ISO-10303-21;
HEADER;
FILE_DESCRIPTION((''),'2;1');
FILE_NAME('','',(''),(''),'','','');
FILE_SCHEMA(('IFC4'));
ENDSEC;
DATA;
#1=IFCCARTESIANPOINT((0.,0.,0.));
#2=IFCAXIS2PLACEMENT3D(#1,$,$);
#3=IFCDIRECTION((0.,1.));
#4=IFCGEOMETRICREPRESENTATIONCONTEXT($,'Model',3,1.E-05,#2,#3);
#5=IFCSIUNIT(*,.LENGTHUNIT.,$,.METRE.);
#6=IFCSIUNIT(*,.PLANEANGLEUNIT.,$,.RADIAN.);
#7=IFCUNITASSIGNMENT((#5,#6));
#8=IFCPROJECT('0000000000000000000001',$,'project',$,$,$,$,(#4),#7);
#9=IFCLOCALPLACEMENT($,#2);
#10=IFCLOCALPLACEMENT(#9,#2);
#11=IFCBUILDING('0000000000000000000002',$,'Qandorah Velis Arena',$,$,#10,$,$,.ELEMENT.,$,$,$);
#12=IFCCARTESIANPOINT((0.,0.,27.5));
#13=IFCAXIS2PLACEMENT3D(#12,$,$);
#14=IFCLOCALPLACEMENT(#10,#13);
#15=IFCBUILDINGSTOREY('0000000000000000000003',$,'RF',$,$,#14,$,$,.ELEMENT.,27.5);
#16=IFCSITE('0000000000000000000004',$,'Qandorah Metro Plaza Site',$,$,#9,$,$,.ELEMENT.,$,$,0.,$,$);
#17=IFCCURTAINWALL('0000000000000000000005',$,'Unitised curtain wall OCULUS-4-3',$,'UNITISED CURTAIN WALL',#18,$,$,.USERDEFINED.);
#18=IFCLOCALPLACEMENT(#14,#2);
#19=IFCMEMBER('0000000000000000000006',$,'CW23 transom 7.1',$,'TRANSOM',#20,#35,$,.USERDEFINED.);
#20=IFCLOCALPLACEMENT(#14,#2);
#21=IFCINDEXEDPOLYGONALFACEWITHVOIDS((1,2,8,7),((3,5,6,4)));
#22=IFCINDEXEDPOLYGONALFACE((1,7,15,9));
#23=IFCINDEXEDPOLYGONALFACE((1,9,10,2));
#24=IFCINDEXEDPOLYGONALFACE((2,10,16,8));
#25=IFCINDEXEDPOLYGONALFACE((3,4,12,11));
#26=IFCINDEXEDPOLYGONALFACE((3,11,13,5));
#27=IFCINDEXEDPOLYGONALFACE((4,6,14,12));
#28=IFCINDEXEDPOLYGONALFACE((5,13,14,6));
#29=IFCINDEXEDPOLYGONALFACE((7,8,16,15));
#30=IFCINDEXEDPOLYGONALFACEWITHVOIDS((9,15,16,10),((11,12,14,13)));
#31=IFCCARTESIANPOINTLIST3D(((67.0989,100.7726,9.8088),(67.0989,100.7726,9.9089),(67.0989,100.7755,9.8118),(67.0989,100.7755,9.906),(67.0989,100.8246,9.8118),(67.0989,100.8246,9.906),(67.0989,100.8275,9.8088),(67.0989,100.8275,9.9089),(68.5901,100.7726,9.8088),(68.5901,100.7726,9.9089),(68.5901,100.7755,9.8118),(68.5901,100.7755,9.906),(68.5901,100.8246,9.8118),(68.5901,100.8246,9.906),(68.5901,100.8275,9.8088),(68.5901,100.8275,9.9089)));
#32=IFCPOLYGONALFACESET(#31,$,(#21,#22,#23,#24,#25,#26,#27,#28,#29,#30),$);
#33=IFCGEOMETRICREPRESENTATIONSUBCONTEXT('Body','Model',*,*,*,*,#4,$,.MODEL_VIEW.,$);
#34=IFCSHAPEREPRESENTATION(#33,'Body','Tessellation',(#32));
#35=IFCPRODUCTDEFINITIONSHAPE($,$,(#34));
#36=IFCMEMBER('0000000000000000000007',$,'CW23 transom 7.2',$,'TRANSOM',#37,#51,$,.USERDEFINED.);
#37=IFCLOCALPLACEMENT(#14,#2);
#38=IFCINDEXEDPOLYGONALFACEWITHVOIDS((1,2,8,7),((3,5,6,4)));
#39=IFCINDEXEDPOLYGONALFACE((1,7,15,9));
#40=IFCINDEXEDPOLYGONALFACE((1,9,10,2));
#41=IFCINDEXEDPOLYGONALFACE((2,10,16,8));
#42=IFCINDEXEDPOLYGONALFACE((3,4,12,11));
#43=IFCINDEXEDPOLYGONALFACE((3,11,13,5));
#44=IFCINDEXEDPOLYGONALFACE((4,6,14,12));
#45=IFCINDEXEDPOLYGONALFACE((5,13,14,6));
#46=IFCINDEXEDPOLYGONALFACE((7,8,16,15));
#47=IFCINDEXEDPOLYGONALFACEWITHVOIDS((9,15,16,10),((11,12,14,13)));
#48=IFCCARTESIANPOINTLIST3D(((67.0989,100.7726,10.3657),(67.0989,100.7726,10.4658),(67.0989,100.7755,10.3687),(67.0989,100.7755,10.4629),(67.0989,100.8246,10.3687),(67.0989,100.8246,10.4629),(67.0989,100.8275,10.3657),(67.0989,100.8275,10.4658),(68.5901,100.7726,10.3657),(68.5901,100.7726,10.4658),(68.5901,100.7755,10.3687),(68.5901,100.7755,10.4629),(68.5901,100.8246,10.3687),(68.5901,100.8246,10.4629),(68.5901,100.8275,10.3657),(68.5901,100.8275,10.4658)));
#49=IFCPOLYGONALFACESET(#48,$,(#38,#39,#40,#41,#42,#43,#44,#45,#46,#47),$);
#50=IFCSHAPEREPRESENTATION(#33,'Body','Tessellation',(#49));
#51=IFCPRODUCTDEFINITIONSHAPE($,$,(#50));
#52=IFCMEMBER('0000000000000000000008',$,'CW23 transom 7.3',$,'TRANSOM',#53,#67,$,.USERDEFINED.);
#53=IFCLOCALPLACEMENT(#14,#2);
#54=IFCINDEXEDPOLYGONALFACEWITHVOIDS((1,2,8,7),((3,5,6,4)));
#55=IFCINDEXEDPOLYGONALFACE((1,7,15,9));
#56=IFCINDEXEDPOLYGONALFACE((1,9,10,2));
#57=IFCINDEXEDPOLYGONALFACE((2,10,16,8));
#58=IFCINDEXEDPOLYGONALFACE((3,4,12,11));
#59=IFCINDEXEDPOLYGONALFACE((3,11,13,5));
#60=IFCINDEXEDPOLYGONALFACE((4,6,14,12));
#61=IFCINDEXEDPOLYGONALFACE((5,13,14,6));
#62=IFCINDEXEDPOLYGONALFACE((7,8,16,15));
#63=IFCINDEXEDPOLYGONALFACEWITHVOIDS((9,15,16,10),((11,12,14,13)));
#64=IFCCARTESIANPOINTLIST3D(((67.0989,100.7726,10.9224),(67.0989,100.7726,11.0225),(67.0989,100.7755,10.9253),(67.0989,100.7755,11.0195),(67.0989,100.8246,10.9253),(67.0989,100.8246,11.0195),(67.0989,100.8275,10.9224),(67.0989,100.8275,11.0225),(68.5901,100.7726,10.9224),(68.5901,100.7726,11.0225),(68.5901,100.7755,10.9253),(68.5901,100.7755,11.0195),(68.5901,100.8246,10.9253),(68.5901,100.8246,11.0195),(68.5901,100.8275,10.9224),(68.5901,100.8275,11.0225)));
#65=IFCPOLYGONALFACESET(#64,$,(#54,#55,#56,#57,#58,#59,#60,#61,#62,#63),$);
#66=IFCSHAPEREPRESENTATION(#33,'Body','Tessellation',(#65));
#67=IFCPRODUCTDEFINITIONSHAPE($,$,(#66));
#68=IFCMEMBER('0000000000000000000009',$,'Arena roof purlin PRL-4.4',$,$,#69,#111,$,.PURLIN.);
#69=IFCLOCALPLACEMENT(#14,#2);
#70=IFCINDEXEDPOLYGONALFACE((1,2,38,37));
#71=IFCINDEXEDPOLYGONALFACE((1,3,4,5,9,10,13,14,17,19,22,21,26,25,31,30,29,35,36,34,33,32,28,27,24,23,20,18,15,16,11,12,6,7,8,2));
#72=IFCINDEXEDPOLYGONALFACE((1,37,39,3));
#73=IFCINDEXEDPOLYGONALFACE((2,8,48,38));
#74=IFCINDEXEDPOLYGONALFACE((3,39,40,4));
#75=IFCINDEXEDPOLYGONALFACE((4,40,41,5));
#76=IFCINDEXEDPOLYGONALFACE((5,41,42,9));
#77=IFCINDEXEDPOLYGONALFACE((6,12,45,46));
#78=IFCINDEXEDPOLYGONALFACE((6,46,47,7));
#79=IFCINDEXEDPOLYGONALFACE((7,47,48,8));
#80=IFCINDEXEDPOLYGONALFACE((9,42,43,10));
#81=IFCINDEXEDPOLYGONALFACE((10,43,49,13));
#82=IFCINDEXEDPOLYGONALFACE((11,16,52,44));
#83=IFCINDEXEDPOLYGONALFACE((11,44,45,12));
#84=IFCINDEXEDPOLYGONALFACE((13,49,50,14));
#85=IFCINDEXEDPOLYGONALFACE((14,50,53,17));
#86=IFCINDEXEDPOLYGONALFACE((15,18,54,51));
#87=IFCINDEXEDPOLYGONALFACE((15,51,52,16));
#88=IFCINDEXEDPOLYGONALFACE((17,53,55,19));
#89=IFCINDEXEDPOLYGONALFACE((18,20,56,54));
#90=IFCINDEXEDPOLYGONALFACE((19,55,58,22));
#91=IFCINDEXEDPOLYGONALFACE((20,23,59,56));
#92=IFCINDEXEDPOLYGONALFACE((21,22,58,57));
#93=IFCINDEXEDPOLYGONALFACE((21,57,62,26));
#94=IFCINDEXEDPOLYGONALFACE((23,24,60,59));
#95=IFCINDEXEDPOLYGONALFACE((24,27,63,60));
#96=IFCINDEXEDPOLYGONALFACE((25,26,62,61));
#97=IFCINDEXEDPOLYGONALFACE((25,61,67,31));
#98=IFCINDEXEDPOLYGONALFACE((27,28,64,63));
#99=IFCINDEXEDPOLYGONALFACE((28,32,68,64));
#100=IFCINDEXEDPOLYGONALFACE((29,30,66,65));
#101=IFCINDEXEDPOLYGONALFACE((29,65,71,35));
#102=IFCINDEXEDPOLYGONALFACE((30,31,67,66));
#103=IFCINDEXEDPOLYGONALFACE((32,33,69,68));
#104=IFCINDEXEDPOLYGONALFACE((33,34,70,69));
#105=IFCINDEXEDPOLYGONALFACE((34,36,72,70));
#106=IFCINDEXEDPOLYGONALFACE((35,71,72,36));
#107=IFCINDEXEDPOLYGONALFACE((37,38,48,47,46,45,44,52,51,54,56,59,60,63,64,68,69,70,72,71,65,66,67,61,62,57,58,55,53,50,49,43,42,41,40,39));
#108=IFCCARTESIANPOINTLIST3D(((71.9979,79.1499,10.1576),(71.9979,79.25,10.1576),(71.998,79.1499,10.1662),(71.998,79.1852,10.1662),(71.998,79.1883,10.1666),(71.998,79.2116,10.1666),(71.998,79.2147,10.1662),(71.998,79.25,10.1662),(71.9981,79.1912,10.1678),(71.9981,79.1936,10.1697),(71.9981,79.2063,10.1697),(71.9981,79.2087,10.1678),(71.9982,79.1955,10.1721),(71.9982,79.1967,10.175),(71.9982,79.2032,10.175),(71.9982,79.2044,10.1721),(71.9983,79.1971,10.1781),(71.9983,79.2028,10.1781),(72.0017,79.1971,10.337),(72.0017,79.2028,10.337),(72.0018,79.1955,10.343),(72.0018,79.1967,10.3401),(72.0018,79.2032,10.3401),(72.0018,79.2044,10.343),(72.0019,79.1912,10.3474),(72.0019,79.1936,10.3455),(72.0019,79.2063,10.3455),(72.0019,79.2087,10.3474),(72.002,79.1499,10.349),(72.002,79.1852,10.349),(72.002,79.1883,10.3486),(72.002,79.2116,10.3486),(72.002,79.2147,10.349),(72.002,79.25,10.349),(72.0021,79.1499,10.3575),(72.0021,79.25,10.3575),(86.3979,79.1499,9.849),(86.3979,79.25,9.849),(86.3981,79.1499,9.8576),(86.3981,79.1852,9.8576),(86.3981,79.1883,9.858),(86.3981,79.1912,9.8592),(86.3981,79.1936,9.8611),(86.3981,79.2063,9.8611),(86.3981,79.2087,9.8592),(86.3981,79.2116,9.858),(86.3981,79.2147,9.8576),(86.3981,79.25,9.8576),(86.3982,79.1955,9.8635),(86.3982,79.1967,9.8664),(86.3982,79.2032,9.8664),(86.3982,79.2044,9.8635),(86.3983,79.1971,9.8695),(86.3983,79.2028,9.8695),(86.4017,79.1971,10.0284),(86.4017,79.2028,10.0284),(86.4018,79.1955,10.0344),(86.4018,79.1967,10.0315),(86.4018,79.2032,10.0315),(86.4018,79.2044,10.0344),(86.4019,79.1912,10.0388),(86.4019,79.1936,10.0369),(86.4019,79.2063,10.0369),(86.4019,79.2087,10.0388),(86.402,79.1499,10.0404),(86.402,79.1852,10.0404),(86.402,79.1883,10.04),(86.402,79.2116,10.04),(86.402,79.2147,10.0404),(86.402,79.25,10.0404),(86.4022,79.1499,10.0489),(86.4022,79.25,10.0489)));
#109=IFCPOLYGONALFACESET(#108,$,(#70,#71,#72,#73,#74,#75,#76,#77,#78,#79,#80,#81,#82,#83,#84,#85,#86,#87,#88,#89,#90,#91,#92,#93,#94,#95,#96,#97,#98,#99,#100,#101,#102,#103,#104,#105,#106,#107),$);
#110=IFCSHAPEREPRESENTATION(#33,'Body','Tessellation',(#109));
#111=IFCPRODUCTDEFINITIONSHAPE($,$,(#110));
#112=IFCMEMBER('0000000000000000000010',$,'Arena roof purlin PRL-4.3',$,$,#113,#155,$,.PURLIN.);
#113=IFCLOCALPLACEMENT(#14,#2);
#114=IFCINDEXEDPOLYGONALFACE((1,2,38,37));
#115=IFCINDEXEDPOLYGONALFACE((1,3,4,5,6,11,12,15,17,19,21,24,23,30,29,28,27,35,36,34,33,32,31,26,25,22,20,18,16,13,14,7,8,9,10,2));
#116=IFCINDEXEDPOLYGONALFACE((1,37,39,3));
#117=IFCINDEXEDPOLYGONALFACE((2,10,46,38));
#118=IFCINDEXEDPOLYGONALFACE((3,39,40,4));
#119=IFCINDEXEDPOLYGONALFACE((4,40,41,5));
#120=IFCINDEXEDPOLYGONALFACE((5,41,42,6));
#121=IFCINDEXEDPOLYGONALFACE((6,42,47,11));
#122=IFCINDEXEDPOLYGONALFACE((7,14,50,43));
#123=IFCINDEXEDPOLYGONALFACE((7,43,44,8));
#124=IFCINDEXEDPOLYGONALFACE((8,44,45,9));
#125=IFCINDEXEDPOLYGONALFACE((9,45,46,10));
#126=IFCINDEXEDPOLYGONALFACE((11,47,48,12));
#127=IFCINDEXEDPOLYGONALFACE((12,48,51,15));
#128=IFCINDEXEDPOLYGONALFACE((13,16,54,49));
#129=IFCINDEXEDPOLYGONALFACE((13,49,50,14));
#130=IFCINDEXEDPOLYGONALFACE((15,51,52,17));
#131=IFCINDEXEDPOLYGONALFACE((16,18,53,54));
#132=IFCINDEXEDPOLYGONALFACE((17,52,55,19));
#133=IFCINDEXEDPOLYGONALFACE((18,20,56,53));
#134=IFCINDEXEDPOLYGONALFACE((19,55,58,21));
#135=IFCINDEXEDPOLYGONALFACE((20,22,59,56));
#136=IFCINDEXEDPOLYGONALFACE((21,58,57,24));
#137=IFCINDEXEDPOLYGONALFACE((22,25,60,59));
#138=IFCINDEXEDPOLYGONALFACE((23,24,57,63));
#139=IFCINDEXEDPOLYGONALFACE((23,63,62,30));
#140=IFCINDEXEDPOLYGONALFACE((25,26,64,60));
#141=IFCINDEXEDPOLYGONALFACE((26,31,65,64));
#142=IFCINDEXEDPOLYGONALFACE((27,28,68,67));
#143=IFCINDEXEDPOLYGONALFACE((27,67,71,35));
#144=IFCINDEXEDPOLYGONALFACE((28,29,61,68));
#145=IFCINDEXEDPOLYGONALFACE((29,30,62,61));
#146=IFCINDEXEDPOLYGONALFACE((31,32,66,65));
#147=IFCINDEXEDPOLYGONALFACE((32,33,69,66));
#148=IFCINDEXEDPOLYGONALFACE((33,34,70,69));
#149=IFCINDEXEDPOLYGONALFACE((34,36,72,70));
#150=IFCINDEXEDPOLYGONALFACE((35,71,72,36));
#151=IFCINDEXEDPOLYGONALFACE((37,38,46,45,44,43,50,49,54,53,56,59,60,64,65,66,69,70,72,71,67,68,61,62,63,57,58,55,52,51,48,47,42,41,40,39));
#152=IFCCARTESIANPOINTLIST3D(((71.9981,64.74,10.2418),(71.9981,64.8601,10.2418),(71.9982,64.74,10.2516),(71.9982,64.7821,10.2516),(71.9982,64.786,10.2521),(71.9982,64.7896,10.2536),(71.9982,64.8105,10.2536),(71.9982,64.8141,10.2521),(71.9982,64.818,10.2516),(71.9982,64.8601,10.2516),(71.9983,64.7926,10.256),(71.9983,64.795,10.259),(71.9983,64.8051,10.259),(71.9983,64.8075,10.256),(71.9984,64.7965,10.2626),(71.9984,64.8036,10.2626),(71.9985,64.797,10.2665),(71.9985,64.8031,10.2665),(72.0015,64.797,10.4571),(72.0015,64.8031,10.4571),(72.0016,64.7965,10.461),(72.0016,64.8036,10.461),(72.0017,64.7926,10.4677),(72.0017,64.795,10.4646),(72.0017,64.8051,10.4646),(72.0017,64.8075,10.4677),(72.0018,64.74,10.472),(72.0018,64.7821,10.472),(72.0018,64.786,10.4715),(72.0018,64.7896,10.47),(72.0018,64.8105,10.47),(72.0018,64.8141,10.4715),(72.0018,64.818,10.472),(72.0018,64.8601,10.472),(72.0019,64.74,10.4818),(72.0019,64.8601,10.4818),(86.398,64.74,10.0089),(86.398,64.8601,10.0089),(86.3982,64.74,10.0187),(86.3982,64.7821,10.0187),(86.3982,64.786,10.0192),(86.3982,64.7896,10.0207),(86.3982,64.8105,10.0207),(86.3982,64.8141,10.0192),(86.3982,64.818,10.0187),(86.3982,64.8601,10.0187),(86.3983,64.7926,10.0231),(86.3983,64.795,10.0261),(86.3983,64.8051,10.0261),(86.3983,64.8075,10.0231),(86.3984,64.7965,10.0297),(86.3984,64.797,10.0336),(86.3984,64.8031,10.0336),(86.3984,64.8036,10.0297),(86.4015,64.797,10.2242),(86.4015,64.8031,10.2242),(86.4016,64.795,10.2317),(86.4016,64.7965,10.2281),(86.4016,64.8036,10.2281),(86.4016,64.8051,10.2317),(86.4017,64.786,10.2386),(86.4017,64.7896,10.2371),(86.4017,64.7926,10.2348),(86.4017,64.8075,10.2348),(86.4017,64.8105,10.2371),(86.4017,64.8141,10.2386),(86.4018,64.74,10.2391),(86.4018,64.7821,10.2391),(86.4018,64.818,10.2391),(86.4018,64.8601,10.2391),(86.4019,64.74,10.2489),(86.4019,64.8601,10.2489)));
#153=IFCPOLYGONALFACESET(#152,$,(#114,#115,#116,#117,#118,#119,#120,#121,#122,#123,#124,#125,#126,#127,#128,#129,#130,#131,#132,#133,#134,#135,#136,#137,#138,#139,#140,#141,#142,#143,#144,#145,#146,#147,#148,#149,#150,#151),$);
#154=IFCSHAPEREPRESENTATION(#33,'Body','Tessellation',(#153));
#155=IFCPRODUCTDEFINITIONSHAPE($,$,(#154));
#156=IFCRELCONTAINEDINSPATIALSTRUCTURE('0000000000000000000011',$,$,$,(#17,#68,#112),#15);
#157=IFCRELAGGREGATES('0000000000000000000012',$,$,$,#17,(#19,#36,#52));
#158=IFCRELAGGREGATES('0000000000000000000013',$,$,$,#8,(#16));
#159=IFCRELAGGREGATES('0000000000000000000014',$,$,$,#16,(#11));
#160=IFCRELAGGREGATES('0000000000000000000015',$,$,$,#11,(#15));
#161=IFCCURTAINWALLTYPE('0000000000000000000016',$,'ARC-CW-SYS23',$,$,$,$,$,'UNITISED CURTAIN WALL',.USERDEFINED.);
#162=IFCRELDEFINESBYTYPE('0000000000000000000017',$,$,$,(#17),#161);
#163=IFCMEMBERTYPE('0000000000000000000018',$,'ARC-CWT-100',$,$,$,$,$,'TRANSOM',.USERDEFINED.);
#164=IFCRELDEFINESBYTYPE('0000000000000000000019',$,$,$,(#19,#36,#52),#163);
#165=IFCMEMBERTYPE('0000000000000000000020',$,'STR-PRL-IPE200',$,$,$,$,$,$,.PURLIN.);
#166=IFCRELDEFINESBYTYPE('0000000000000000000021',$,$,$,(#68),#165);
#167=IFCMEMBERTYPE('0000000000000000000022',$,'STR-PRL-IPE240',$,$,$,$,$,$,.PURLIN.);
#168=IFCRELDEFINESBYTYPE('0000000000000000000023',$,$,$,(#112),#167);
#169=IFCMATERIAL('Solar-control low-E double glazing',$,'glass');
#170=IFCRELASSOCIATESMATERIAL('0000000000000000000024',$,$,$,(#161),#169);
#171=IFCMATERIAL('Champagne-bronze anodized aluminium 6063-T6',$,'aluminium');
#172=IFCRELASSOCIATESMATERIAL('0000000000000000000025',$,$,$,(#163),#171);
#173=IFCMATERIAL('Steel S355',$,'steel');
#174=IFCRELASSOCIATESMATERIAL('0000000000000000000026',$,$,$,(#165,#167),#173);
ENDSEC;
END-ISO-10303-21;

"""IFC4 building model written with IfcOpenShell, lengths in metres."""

from ifc_helpers import new_model, si_unit, direction, frame, origin, origin_2d, place, context, subcontext, project, spatial, hollow_rectangle, i_section, extrude, material, material_profile, profile_set, type_object, element, aggregate, save


model = new_model("IFC4")

# Units and contexts
model_context = context("Model", 3, precision=1e-05, world=origin(), true_north=direction((0.0, 1.0)))
body_context = subcontext(model_context, "Body", "Model", "MODEL_VIEW")
ifc_project = project(units=[si_unit("LENGTHUNIT", "METRE"), si_unit("PLANEANGLEUNIT", "RADIAN")], contexts=[model_context])

# Site, building, storey
site_placement = place(None, origin())
site = spatial("IfcSite", under=ifc_project, at=site_placement, Name="Qandorah Metro Plaza Site", CompositionType="ELEMENT", RefElevation=0.0)
building_placement = place(site_placement, origin())
building = spatial("IfcBuilding", under=site, at=building_placement, Name="Qandorah Velis Arena", CompositionType="ELEMENT")
storey_placement = place(building_placement, frame((0.0, 0.0, 27.5)))
storey = spatial("IfcBuildingStorey", under=building, at=storey_placement, Name="RF", CompositionType="ELEMENT", Elevation=27.5)

# Curtain wall, members
ifc_material_1 = material(Name="Solar-control low-E double glazing", Category="glass")
curtain_wall_type = type_object("IfcCurtainWallType", Name="ARC-CW-SYS23", ElementType="UNITISED CURTAIN WALL", PredefinedType="USERDEFINED", material=ifc_material_1)
curtain_wall_placement = place(storey_placement, origin())
curtain_wall = element("IfcCurtainWall", 1, at=curtain_wall_placement, inside=storey, type_object=curtain_wall_type, Name="Unitised curtain wall OCULUS-4-3", ObjectType="UNITISED CURTAIN WALL", PredefinedType="USERDEFINED")
ifc_material_2 = material(Name="Champagne-bronze anodized aluminium 6063-T6", Category="aluminium")
ifc_material_profile_1 = material_profile(ifc_material_2, hollow_rectangle(XDim=0.0549, YDim=0.1001, WallThickness=0.0029, at=origin_2d()), Name="ALU TRANSOM 55x100")
ifc_profile_set_1 = profile_set([ifc_material_profile_1], Name="Champagne-bronze anodized aluminium 6063-T6")
member_type_1 = type_object("IfcMemberType", Name="ARC-CWT-100", ElementType="TRANSOM", PredefinedType="USERDEFINED", material=ifc_profile_set_1)
member_1_placement = place(storey_placement, frame((67.0989, 100.8, 9.8589), z_axis=(1.0, 0.0, 0.0), x_axis=(0.0, 1.0, 0.0)))
member_1 = element("IfcMember", 2, at=member_1_placement, type_object=member_type_1, Name="CW23 transom 7.1", ObjectType="TRANSOM", PredefinedType="USERDEFINED", context=body_context, shape_type="SweptSolid", body=[
    extrude(hollow_rectangle(XDim=0.0549, YDim=0.1001, WallThickness=0.0029, at=origin_2d()), origin(), (0.0, 0.0, 1.0), 1.4912),
])
member_2_placement = place(storey_placement, frame((67.0989, 100.8, 10.4158), z_axis=(1.0, 0.0, 0.0), x_axis=(0.0, 1.0, 0.0)))
member_2 = element("IfcMember", 3, at=member_2_placement, type_object=member_type_1, Name="CW23 transom 7.2", ObjectType="TRANSOM", PredefinedType="USERDEFINED", context=body_context, shape_type="SweptSolid", body=[
    extrude(hollow_rectangle(XDim=0.0549, YDim=0.1001, WallThickness=0.0029, at=origin_2d()), origin(), (0.0, 0.0, 1.0), 1.4912),
])
member_3_placement = place(storey_placement, frame((67.0989, 100.8, 10.9724), z_axis=(1.0, 0.0, 0.0), x_axis=(0.0, 1.0, 0.0)))
member_3 = element("IfcMember", 4, at=member_3_placement, type_object=member_type_1, Name="CW23 transom 7.3", ObjectType="TRANSOM", PredefinedType="USERDEFINED", context=body_context, shape_type="SweptSolid", body=[
    extrude(hollow_rectangle(XDim=0.0549, YDim=0.1001, WallThickness=0.0029, at=origin_2d()), origin(), (0.0, 0.0, 1.0), 1.4912),
])

# Members
ifc_material_3 = material(Name="Steel S355", Category="steel")
ifc_material_profile_2 = material_profile(ifc_material_3, i_section(OverallWidth=0.1001, OverallDepth=0.2, WebThickness=0.0056, FlangeThickness=0.0085, FilletRadius=0.012, at=origin_2d()), Name="IPE 200")
ifc_profile_set_2 = profile_set([ifc_material_profile_2], Name="Steel S355")
member_type_2 = type_object("IfcMemberType", Name="STR-PRL-IPE200", PredefinedType="PURLIN", material=ifc_profile_set_2)
member_4_placement = place(storey_placement, frame((72.0, 79.2, 10.2576), z_axis=(0.99977, 0.0, -0.021425), x_axis=(0.0, 1.0, 0.0)))
element("IfcMember", 5, at=member_4_placement, inside=storey, type_object=member_type_2, Name="Arena roof purlin PRL-4.4", PredefinedType="PURLIN", context=body_context, shape_type="SweptSolid", body=[
    extrude(i_section(OverallWidth=0.1001, OverallDepth=0.2, WebThickness=0.0056, FlangeThickness=0.0085, FilletRadius=0.012, at=origin_2d()), origin(), (0.0, 0.0, 1.0), 14.4033),
])
ifc_material_profile_3 = material_profile(ifc_material_3, i_section(OverallWidth=0.1201, OverallDepth=0.24, WebThickness=0.0061, FlangeThickness=0.0098, FilletRadius=0.0149, at=origin_2d()), Name="IPE 240")
ifc_profile_set_3 = profile_set([ifc_material_profile_3], Name="Steel S355")
member_type_3 = type_object("IfcMemberType", Name="STR-PRL-IPE240", PredefinedType="PURLIN", material=ifc_profile_set_3)
member_5_placement = place(storey_placement, frame((72.0, 64.8, 10.3618), z_axis=(0.999869, 0.0, -0.016172), x_axis=(0.0, 1.0, 0.0)))
element("IfcMember", 6, at=member_5_placement, inside=storey, type_object=member_type_3, Name="Arena roof purlin PRL-4.3", PredefinedType="PURLIN", context=body_context, shape_type="SweptSolid", body=[
    extrude(i_section(OverallWidth=0.1201, OverallDepth=0.24, WebThickness=0.0061, FlangeThickness=0.0098, FilletRadius=0.0149, at=origin_2d()), origin(), (0.0, 0.0, 1.0), 14.4019),
])

aggregate(curtain_wall, [member_1, member_2, member_3])

save(model, "model.ifc")
